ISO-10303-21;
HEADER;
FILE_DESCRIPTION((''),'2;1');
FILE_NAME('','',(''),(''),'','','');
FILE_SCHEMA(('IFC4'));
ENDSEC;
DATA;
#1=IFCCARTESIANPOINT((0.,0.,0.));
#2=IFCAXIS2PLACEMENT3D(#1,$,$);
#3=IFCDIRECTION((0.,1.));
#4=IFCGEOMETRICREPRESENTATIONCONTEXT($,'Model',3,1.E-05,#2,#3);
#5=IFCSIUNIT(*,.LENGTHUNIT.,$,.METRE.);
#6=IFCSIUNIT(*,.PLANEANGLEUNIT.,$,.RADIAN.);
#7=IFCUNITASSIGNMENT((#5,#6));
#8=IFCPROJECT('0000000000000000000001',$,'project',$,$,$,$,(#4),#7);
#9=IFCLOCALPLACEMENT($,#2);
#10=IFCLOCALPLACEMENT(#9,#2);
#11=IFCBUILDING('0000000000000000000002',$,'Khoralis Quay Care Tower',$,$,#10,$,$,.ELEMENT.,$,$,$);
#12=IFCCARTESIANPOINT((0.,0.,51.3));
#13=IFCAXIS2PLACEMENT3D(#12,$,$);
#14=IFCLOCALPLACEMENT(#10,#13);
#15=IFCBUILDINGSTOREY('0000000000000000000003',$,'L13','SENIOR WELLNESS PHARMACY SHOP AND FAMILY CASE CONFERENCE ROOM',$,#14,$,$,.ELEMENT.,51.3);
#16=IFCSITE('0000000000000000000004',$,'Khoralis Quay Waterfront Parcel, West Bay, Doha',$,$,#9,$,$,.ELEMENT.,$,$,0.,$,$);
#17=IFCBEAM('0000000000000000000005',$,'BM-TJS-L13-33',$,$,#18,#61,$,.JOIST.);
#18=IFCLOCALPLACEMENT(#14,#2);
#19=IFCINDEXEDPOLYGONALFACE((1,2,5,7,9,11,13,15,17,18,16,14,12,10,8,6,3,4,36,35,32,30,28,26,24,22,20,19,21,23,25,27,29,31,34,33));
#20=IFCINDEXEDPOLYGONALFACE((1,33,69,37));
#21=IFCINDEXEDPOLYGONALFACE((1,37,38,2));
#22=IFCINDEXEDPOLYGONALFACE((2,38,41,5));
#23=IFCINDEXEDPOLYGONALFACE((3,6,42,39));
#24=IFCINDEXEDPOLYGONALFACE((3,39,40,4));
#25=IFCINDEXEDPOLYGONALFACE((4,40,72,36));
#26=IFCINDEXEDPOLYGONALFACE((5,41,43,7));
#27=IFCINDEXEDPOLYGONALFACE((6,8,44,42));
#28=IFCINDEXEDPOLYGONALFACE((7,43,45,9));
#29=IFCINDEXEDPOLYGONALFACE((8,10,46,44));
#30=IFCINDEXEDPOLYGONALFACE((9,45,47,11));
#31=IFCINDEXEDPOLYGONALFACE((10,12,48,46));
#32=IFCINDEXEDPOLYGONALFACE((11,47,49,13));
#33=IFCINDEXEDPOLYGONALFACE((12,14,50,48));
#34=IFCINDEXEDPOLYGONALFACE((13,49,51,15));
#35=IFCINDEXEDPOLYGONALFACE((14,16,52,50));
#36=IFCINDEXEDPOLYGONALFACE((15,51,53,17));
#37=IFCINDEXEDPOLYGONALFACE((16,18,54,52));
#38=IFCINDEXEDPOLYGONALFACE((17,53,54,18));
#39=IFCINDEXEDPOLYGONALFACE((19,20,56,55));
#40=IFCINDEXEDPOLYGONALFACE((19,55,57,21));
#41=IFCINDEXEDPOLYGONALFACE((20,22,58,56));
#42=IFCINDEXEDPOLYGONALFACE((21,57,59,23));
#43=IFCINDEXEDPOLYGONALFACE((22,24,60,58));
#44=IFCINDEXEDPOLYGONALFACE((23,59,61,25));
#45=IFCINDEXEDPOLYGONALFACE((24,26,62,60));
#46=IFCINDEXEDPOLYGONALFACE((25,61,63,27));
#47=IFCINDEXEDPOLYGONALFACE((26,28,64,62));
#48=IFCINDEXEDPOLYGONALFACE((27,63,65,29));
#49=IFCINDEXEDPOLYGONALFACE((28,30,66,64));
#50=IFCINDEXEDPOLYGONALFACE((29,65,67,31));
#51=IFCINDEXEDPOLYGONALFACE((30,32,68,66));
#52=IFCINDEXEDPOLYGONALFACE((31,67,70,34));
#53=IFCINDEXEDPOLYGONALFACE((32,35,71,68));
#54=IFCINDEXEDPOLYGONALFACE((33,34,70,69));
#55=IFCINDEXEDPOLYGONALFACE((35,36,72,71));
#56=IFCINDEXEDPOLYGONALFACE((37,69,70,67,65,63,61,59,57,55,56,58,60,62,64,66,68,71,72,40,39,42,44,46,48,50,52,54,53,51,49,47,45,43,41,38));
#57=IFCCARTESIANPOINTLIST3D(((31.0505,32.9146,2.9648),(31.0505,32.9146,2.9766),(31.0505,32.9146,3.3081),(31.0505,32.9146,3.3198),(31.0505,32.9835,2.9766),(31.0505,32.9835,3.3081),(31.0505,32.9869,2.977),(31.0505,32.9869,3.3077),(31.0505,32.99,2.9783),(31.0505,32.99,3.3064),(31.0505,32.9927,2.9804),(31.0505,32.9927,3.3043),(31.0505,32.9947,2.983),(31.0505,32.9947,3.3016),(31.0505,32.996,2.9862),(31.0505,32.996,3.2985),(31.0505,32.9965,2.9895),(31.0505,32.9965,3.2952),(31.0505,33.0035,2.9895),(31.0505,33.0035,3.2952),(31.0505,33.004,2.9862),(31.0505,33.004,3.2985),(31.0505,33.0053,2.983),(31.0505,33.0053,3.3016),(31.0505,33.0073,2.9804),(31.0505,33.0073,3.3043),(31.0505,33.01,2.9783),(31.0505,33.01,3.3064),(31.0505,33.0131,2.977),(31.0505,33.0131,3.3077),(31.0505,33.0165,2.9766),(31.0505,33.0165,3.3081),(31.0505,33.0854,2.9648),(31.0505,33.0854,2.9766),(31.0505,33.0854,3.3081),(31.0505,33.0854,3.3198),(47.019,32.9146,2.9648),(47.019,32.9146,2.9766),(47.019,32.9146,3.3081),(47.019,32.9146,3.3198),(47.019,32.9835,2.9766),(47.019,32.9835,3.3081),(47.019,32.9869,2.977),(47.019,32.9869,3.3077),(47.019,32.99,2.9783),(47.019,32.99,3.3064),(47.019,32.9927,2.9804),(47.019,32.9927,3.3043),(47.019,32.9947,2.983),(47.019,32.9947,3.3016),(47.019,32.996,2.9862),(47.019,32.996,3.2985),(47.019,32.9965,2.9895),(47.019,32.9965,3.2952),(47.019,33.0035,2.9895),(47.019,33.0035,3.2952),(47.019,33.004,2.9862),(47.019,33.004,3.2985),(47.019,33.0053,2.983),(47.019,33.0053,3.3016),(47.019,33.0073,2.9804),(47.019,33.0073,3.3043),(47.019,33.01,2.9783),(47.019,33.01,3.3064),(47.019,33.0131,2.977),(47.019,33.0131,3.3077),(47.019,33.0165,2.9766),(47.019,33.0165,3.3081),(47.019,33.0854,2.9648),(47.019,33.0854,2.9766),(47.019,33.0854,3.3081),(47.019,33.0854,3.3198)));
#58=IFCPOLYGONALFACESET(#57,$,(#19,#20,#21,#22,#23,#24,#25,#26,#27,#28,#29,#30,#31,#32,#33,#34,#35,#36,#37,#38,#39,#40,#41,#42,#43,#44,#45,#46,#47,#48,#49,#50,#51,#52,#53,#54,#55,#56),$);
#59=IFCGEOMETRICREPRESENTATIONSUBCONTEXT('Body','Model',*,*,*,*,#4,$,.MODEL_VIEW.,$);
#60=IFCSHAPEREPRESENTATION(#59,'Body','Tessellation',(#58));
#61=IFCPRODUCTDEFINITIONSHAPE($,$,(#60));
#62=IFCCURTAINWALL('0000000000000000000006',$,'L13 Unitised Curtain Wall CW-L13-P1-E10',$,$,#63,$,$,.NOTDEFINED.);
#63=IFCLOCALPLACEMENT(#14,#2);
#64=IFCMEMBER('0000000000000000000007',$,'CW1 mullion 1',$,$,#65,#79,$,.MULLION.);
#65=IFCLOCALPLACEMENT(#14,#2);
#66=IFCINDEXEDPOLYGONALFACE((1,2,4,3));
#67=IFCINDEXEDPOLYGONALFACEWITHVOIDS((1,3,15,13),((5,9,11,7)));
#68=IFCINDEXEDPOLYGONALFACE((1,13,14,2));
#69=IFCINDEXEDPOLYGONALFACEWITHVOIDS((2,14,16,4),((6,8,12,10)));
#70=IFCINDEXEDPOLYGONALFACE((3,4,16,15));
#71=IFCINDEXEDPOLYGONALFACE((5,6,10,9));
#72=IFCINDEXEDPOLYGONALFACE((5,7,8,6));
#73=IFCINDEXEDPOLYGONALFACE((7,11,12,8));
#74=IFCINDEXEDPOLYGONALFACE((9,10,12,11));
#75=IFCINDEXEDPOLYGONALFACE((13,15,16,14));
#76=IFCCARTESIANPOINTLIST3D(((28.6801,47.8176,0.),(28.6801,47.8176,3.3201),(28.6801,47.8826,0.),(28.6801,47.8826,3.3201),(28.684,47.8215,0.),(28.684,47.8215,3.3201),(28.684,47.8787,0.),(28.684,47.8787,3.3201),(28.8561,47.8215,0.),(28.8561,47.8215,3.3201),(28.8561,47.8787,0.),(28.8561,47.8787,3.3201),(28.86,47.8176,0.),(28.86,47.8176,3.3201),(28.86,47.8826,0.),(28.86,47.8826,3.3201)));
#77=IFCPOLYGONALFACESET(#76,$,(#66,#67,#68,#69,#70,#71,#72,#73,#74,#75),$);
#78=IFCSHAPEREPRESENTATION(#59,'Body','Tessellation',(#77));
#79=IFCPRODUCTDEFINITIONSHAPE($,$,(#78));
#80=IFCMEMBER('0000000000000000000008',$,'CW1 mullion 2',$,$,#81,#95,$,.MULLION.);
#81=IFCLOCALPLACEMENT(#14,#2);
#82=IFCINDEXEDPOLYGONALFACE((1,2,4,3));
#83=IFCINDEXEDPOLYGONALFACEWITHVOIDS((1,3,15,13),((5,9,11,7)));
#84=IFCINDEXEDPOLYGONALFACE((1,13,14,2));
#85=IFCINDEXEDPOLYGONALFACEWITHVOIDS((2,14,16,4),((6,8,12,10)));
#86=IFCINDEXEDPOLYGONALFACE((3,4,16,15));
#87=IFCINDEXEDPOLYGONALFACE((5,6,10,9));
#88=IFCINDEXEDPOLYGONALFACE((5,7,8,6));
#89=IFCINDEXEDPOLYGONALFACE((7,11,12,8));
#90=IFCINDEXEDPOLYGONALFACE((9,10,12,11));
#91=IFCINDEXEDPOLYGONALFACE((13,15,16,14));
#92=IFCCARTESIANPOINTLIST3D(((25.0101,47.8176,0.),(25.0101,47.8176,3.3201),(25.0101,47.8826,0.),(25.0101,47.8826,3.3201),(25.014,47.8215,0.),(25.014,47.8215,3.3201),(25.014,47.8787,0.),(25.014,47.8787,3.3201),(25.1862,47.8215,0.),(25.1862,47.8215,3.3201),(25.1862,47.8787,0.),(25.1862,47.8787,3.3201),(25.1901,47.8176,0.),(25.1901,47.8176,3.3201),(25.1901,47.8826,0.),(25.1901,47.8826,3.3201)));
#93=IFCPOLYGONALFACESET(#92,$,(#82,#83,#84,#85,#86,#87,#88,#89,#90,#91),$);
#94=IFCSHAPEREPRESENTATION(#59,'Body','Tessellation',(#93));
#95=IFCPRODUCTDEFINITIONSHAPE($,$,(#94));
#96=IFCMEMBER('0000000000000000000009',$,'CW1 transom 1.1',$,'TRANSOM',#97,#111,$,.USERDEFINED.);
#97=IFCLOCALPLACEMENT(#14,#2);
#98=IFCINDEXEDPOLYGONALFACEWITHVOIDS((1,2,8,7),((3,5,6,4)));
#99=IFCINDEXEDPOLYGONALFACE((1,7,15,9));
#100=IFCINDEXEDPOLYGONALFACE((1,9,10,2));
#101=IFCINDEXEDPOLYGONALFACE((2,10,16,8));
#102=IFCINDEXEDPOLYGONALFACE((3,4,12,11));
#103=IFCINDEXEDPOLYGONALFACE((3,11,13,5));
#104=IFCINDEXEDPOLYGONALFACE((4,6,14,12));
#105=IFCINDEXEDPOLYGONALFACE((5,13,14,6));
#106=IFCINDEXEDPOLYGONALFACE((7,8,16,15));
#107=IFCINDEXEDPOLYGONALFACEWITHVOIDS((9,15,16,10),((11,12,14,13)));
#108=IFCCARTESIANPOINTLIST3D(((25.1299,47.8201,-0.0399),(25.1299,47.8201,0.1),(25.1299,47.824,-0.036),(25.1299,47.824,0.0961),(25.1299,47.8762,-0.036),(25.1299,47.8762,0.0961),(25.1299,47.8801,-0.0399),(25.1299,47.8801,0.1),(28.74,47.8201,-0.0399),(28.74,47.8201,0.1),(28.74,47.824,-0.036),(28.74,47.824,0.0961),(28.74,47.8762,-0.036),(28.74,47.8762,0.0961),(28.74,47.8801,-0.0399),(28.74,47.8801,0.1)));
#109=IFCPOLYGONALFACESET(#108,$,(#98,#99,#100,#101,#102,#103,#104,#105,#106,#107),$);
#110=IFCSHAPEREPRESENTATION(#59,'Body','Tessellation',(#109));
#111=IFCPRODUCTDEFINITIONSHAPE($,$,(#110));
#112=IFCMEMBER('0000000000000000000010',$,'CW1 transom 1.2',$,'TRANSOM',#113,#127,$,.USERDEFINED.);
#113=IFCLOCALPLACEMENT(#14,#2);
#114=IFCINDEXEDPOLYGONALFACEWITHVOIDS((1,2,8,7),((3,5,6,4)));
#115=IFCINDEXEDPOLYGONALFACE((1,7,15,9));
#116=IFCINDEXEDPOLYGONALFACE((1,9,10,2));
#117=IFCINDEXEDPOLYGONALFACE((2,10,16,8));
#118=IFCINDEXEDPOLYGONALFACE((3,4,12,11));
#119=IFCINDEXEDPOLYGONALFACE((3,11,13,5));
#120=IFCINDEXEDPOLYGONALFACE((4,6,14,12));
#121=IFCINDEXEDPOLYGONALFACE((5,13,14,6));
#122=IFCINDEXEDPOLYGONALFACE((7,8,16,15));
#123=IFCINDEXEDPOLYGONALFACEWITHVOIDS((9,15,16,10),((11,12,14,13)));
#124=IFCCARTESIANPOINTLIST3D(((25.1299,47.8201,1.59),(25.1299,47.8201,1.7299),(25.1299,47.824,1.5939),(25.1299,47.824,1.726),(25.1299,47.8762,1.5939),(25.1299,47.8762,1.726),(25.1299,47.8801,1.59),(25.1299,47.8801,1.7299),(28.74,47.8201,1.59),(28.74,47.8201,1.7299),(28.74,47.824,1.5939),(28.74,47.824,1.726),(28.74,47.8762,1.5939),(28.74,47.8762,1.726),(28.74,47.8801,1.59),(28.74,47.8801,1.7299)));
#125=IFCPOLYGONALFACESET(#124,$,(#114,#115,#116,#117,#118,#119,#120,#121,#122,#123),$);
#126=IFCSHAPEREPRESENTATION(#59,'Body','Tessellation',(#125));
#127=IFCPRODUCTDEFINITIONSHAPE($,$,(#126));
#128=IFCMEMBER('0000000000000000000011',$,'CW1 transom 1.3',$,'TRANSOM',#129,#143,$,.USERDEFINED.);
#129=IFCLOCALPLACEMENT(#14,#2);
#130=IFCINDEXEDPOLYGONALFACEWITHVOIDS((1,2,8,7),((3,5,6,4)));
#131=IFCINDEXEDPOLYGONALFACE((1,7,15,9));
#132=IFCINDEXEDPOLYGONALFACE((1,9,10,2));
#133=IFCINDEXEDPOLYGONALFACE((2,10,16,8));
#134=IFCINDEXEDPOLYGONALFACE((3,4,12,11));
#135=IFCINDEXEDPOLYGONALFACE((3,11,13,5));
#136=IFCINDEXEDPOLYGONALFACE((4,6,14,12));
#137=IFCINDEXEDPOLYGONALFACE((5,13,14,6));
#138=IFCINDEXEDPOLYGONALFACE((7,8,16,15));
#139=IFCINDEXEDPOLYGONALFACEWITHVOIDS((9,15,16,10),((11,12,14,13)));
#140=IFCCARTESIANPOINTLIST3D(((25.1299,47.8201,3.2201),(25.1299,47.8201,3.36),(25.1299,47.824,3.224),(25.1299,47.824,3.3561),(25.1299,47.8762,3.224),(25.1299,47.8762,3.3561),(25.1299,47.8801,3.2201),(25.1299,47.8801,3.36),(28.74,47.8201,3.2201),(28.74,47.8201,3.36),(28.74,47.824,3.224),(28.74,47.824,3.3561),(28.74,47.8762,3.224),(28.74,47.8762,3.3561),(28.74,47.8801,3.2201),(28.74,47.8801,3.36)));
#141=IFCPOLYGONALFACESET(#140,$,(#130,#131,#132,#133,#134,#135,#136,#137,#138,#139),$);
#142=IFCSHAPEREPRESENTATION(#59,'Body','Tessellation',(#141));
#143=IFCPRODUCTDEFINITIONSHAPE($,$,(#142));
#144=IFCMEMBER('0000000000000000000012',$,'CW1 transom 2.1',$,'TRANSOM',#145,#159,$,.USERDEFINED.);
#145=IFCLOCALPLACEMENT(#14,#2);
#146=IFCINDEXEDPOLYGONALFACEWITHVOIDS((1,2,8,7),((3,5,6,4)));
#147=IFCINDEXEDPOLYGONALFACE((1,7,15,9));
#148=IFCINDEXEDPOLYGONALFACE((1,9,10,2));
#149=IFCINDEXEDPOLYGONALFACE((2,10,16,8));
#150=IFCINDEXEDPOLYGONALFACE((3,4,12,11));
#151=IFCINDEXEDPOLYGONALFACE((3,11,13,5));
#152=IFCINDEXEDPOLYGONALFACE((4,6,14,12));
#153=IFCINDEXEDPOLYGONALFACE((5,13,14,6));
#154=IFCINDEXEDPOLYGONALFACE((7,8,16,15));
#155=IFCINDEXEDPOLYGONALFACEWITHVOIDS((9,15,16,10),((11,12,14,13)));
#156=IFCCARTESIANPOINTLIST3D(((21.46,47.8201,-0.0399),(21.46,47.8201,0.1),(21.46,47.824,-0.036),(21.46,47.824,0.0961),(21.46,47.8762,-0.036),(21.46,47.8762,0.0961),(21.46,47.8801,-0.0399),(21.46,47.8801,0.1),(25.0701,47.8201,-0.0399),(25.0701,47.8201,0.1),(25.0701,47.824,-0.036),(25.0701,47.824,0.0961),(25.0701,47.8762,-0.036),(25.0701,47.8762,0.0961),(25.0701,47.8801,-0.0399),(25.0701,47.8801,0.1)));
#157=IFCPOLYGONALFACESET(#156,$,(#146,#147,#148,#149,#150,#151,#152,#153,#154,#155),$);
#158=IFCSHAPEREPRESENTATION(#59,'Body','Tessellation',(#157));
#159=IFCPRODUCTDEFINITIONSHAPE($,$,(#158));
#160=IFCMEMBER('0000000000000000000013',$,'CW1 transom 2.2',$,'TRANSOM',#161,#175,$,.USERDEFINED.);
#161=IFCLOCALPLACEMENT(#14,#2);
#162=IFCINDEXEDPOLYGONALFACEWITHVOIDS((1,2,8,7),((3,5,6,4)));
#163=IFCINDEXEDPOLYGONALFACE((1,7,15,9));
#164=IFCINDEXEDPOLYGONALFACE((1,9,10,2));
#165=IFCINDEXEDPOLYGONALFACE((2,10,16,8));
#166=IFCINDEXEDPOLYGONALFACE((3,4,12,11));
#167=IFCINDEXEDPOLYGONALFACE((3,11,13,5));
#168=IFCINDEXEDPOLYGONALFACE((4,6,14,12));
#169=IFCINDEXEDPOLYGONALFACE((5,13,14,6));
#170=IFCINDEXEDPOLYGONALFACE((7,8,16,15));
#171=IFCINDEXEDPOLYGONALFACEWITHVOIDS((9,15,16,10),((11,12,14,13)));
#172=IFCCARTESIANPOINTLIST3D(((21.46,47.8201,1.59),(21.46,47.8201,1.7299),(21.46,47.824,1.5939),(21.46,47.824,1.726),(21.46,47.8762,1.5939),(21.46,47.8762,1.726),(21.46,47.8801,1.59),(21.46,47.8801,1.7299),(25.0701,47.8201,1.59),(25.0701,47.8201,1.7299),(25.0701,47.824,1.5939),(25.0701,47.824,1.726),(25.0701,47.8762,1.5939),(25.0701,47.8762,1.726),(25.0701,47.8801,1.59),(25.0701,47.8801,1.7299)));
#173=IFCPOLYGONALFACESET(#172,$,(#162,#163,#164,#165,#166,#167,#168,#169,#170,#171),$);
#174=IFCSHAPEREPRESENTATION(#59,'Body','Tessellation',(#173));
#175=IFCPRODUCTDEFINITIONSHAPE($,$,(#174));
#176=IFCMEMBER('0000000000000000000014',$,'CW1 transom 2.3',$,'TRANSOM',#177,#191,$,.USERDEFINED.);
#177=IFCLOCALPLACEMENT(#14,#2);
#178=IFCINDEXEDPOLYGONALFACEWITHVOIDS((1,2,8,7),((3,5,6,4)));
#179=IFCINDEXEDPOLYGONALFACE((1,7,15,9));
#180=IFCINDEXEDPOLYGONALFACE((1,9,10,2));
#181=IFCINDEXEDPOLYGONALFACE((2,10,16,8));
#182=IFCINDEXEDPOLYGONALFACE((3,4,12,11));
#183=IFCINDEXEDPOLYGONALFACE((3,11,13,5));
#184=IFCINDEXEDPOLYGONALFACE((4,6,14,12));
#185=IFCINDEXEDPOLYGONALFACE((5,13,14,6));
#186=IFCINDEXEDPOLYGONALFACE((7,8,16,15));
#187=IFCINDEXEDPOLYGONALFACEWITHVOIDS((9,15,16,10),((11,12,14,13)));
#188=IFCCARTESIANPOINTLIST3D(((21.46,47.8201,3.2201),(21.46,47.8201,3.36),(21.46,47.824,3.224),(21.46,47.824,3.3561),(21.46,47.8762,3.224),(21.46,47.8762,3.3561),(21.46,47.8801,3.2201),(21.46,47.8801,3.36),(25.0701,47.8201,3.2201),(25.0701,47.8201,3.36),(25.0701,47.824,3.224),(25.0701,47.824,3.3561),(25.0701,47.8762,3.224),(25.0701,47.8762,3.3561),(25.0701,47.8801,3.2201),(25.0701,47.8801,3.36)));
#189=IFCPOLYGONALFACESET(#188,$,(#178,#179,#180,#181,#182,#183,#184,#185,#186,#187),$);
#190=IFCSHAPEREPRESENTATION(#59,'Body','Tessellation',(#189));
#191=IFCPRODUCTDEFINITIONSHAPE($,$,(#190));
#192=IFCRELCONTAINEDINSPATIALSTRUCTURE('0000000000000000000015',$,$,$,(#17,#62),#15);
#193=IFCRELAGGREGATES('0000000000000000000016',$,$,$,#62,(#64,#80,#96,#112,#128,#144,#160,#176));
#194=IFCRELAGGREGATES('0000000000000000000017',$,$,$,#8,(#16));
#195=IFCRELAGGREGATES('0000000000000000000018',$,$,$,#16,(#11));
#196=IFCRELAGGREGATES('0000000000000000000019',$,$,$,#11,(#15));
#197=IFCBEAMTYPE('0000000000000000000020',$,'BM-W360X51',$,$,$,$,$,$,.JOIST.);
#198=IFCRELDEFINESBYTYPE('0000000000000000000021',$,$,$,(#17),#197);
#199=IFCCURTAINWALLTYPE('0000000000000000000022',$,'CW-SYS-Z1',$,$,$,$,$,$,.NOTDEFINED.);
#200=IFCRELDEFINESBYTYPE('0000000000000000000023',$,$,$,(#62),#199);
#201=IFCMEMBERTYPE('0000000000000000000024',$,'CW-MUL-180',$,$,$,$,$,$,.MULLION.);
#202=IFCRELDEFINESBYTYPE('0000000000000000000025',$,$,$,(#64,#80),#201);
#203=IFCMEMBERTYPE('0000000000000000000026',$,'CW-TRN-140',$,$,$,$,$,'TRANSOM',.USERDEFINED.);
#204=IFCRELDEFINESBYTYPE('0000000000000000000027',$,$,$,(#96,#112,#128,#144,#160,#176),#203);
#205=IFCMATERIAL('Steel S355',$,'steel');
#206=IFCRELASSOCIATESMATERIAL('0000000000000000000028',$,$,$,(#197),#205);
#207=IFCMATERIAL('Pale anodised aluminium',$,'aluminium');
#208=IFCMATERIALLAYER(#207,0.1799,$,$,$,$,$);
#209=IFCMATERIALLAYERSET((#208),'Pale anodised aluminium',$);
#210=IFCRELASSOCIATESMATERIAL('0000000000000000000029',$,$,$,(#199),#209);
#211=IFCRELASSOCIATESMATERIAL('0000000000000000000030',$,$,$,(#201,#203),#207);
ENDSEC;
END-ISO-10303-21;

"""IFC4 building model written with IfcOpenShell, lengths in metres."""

from ifc_helpers import new_model, si_unit, direction, frame, origin, origin_2d, place, context, subcontext, project, spatial, hollow_rectangle, i_section, extrude, source, transform, mapped, material, layer, layer_set, material_profile, profile_set, type_object, element, aggregate, save


model = new_model("IFC4")

# Units and contexts
model_context = context("Model", 3, precision=1e-05, world=origin(), true_north=direction((0.0, 1.0)))
body_context = subcontext(model_context, "Body", "Model", "MODEL_VIEW")
ifc_project = project(units=[si_unit("LENGTHUNIT", "METRE"), si_unit("PLANEANGLEUNIT", "RADIAN")], contexts=[model_context])

# Site, building, storey
site_placement = place(None, origin())
site = spatial("IfcSite", under=ifc_project, at=site_placement, Name="Khoralis Quay Waterfront Parcel, West Bay, Doha", CompositionType="ELEMENT", RefElevation=0.0)
building_placement = place(site_placement, origin())
building = spatial("IfcBuilding", under=site, at=building_placement, Name="Khoralis Quay Care Tower", CompositionType="ELEMENT")
storey_placement = place(building_placement, frame((0.0, 0.0, 51.3)))
storey = spatial("IfcBuildingStorey", under=building, at=storey_placement, Name="L13", Description="SENIOR WELLNESS PHARMACY SHOP AND FAMILY CASE CONFERENCE ROOM", CompositionType="ELEMENT", Elevation=51.3)

# Beam
ifc_material_1 = material(Name="Steel S355", Category="steel")
ifc_material_profile_1 = material_profile(ifc_material_1, i_section(OverallWidth=0.1709, OverallDepth=0.355, WebThickness=0.0071, FlangeThickness=0.0117, FilletRadius=0.0129, at=origin_2d()), Name="Steel S355")
ifc_profile_set_1 = profile_set([ifc_material_profile_1], Name="Steel S355")
beam_type_1 = type_object("IfcBeamType", Name="BM-W360X51", PredefinedType="JOIST", material=ifc_profile_set_1)
shared_shape_1 = source(origin(), body_context, "Body", "SweptSolid", [
    extrude(i_section(OverallWidth=0.1709, OverallDepth=0.355, WebThickness=0.0071, FlangeThickness=0.0117, FilletRadius=0.0129, at=origin_2d()), origin(), (0.0, 0.0, 1.0), 15.9685),
])
beam_1_placement = place(storey_placement, frame((31.0505, 33.0, 3.1423), z_axis=(1.0, 0.0, 0.0), x_axis=(0.0, 1.0, 0.0)))
element("IfcBeam", 1, at=beam_1_placement, inside=storey, type_object=beam_type_1, Name="BM-TJS-L13-33", PredefinedType="JOIST", context=body_context, shape_type="MappedRepresentation", body=[
    mapped(shared_shape_1, transform((0.0, 0.0, 0.0), scale=1.0)),
])

# Curtain wall, members
ifc_material_2 = material(Name="Pale anodised aluminium", Category="aluminium")
ifc_layer_1 = layer(ifc_material_2, 0.1799)
ifc_layer_set_1 = layer_set([ifc_layer_1], Name="Pale anodised aluminium")
curtain_wall_type = type_object("IfcCurtainWallType", Name="CW-SYS-Z1", PredefinedType="NOTDEFINED", material=ifc_layer_set_1)
curtain_wall_placement = place(storey_placement, origin())
curtain_wall = element("IfcCurtainWall", 2, at=curtain_wall_placement, inside=storey, type_object=curtain_wall_type, Name="L13 Unitised Curtain Wall CW-L13-P1-E10", PredefinedType="NOTDEFINED")
ifc_material_profile_2 = material_profile(ifc_material_2, hollow_rectangle(XDim=0.0649, YDim=0.1799, WallThickness=0.0039, at=origin_2d()), Name="Pale anodised aluminium")
ifc_profile_set_2 = profile_set([ifc_material_profile_2], Name="Pale anodised aluminium")
member_type_1 = type_object("IfcMemberType", Name="CW-MUL-180", PredefinedType="MULLION", material=ifc_profile_set_2)
shared_shape_2 = source(origin(), body_context, "Body", "SweptSolid", [
    extrude(hollow_rectangle(XDim=0.0649, YDim=0.1799, WallThickness=0.0039, at=origin_2d()), origin(), (0.0, 0.0, 1.0), 3.3201),
])
member_1_placement = place(storey_placement, frame((28.77, 47.8501, 0.0), z_axis=(0.0, 0.0, 1.0), x_axis=(0.0, -1.0, 0.0)))
member_1 = element("IfcMember", 3, at=member_1_placement, type_object=member_type_1, Name="CW1 mullion 1", PredefinedType="MULLION", context=body_context, shape_type="MappedRepresentation", body=[
    mapped(shared_shape_2, transform((0.0, 0.0, 0.0), scale=1.0)),
])
member_2_placement = place(storey_placement, frame((25.1001, 47.8501, 0.0), z_axis=(0.0, 0.0, 1.0), x_axis=(0.0, -1.0, 0.0)))
member_2 = element("IfcMember", 4, at=member_2_placement, type_object=member_type_1, Name="CW1 mullion 2", PredefinedType="MULLION", context=body_context, shape_type="MappedRepresentation", body=[
    mapped(shared_shape_2, transform((0.0, 0.0, 0.0), scale=1.0)),
])
ifc_material_profile_3 = material_profile(ifc_material_2, hollow_rectangle(XDim=0.0601, YDim=0.1399, WallThickness=0.0039, at=origin_2d()), Name="Pale anodised aluminium")
ifc_profile_set_3 = profile_set([ifc_material_profile_3], Name="Pale anodised aluminium")
member_type_2 = type_object("IfcMemberType", Name="CW-TRN-140", ElementType="TRANSOM", PredefinedType="USERDEFINED", material=ifc_profile_set_3)
shared_shape_3 = source(origin(), body_context, "Body", "SweptSolid", [
    extrude(hollow_rectangle(XDim=0.0601, YDim=0.1399, WallThickness=0.0039, at=origin_2d()), origin(), (0.0, 0.0, 1.0), 3.6101),
])
member_3_placement = place(storey_placement, frame((28.74, 47.8501, 0.03), z_axis=(-1.0, 0.0, 0.0), x_axis=(0.0, -1.0, 0.0)))
member_3 = element("IfcMember", 5, at=member_3_placement, type_object=member_type_2, Name="CW1 transom 1.1", ObjectType="TRANSOM", PredefinedType="USERDEFINED", context=body_context, shape_type="MappedRepresentation", body=[
    mapped(shared_shape_3, transform((0.0, 0.0, 0.0), scale=1.0)),
])
member_4_placement = place(storey_placement, frame((28.74, 47.8501, 1.6599), z_axis=(-1.0, 0.0, 0.0), x_axis=(0.0, -1.0, 0.0)))
member_4 = element("IfcMember", 6, at=member_4_placement, type_object=member_type_2, Name="CW1 transom 1.2", ObjectType="TRANSOM", PredefinedType="USERDEFINED", context=body_context, shape_type="MappedRepresentation", body=[
    mapped(shared_shape_3, transform((0.0, 0.0, 0.0), scale=1.0)),
])
member_5_placement = place(storey_placement, frame((28.74, 47.8501, 3.29), z_axis=(-1.0, 0.0, 0.0), x_axis=(0.0, -1.0, 0.0)))
member_5 = element("IfcMember", 7, at=member_5_placement, type_object=member_type_2, Name="CW1 transom 1.3", ObjectType="TRANSOM", PredefinedType="USERDEFINED", context=body_context, shape_type="MappedRepresentation", body=[
    mapped(shared_shape_3, transform((0.0, 0.0, 0.0), scale=1.0)),
])
member_6_placement = place(storey_placement, frame((25.0701, 47.8501, 0.03), z_axis=(-1.0, 0.0, 0.0), x_axis=(0.0, -1.0, 0.0)))
member_6 = element("IfcMember", 8, at=member_6_placement, type_object=member_type_2, Name="CW1 transom 2.1", ObjectType="TRANSOM", PredefinedType="USERDEFINED", context=body_context, shape_type="MappedRepresentation", body=[
    mapped(shared_shape_3, transform((0.0, 0.0, 0.0), scale=1.0)),
])
member_7_placement = place(storey_placement, frame((25.0701, 47.8501, 1.6599), z_axis=(-1.0, 0.0, 0.0), x_axis=(0.0, -1.0, 0.0)))
member_7 = element("IfcMember", 9, at=member_7_placement, type_object=member_type_2, Name="CW1 transom 2.2", ObjectType="TRANSOM", PredefinedType="USERDEFINED", context=body_context, shape_type="MappedRepresentation", body=[
    mapped(shared_shape_3, transform((0.0, 0.0, 0.0), scale=1.0)),
])
member_8_placement = place(storey_placement, frame((25.0701, 47.8501, 3.29), z_axis=(-1.0, 0.0, 0.0), x_axis=(0.0, -1.0, 0.0)))
member_8 = element("IfcMember", 10, at=member_8_placement, type_object=member_type_2, Name="CW1 transom 2.3", ObjectType="TRANSOM", PredefinedType="USERDEFINED", context=body_context, shape_type="MappedRepresentation", body=[
    mapped(shared_shape_3, transform((0.0, 0.0, 0.0), scale=1.0)),
])
aggregate(curtain_wall, [member_1, member_2, member_3, member_4, member_5, member_6, member_7, member_8])

save(model, "model.ifc")
